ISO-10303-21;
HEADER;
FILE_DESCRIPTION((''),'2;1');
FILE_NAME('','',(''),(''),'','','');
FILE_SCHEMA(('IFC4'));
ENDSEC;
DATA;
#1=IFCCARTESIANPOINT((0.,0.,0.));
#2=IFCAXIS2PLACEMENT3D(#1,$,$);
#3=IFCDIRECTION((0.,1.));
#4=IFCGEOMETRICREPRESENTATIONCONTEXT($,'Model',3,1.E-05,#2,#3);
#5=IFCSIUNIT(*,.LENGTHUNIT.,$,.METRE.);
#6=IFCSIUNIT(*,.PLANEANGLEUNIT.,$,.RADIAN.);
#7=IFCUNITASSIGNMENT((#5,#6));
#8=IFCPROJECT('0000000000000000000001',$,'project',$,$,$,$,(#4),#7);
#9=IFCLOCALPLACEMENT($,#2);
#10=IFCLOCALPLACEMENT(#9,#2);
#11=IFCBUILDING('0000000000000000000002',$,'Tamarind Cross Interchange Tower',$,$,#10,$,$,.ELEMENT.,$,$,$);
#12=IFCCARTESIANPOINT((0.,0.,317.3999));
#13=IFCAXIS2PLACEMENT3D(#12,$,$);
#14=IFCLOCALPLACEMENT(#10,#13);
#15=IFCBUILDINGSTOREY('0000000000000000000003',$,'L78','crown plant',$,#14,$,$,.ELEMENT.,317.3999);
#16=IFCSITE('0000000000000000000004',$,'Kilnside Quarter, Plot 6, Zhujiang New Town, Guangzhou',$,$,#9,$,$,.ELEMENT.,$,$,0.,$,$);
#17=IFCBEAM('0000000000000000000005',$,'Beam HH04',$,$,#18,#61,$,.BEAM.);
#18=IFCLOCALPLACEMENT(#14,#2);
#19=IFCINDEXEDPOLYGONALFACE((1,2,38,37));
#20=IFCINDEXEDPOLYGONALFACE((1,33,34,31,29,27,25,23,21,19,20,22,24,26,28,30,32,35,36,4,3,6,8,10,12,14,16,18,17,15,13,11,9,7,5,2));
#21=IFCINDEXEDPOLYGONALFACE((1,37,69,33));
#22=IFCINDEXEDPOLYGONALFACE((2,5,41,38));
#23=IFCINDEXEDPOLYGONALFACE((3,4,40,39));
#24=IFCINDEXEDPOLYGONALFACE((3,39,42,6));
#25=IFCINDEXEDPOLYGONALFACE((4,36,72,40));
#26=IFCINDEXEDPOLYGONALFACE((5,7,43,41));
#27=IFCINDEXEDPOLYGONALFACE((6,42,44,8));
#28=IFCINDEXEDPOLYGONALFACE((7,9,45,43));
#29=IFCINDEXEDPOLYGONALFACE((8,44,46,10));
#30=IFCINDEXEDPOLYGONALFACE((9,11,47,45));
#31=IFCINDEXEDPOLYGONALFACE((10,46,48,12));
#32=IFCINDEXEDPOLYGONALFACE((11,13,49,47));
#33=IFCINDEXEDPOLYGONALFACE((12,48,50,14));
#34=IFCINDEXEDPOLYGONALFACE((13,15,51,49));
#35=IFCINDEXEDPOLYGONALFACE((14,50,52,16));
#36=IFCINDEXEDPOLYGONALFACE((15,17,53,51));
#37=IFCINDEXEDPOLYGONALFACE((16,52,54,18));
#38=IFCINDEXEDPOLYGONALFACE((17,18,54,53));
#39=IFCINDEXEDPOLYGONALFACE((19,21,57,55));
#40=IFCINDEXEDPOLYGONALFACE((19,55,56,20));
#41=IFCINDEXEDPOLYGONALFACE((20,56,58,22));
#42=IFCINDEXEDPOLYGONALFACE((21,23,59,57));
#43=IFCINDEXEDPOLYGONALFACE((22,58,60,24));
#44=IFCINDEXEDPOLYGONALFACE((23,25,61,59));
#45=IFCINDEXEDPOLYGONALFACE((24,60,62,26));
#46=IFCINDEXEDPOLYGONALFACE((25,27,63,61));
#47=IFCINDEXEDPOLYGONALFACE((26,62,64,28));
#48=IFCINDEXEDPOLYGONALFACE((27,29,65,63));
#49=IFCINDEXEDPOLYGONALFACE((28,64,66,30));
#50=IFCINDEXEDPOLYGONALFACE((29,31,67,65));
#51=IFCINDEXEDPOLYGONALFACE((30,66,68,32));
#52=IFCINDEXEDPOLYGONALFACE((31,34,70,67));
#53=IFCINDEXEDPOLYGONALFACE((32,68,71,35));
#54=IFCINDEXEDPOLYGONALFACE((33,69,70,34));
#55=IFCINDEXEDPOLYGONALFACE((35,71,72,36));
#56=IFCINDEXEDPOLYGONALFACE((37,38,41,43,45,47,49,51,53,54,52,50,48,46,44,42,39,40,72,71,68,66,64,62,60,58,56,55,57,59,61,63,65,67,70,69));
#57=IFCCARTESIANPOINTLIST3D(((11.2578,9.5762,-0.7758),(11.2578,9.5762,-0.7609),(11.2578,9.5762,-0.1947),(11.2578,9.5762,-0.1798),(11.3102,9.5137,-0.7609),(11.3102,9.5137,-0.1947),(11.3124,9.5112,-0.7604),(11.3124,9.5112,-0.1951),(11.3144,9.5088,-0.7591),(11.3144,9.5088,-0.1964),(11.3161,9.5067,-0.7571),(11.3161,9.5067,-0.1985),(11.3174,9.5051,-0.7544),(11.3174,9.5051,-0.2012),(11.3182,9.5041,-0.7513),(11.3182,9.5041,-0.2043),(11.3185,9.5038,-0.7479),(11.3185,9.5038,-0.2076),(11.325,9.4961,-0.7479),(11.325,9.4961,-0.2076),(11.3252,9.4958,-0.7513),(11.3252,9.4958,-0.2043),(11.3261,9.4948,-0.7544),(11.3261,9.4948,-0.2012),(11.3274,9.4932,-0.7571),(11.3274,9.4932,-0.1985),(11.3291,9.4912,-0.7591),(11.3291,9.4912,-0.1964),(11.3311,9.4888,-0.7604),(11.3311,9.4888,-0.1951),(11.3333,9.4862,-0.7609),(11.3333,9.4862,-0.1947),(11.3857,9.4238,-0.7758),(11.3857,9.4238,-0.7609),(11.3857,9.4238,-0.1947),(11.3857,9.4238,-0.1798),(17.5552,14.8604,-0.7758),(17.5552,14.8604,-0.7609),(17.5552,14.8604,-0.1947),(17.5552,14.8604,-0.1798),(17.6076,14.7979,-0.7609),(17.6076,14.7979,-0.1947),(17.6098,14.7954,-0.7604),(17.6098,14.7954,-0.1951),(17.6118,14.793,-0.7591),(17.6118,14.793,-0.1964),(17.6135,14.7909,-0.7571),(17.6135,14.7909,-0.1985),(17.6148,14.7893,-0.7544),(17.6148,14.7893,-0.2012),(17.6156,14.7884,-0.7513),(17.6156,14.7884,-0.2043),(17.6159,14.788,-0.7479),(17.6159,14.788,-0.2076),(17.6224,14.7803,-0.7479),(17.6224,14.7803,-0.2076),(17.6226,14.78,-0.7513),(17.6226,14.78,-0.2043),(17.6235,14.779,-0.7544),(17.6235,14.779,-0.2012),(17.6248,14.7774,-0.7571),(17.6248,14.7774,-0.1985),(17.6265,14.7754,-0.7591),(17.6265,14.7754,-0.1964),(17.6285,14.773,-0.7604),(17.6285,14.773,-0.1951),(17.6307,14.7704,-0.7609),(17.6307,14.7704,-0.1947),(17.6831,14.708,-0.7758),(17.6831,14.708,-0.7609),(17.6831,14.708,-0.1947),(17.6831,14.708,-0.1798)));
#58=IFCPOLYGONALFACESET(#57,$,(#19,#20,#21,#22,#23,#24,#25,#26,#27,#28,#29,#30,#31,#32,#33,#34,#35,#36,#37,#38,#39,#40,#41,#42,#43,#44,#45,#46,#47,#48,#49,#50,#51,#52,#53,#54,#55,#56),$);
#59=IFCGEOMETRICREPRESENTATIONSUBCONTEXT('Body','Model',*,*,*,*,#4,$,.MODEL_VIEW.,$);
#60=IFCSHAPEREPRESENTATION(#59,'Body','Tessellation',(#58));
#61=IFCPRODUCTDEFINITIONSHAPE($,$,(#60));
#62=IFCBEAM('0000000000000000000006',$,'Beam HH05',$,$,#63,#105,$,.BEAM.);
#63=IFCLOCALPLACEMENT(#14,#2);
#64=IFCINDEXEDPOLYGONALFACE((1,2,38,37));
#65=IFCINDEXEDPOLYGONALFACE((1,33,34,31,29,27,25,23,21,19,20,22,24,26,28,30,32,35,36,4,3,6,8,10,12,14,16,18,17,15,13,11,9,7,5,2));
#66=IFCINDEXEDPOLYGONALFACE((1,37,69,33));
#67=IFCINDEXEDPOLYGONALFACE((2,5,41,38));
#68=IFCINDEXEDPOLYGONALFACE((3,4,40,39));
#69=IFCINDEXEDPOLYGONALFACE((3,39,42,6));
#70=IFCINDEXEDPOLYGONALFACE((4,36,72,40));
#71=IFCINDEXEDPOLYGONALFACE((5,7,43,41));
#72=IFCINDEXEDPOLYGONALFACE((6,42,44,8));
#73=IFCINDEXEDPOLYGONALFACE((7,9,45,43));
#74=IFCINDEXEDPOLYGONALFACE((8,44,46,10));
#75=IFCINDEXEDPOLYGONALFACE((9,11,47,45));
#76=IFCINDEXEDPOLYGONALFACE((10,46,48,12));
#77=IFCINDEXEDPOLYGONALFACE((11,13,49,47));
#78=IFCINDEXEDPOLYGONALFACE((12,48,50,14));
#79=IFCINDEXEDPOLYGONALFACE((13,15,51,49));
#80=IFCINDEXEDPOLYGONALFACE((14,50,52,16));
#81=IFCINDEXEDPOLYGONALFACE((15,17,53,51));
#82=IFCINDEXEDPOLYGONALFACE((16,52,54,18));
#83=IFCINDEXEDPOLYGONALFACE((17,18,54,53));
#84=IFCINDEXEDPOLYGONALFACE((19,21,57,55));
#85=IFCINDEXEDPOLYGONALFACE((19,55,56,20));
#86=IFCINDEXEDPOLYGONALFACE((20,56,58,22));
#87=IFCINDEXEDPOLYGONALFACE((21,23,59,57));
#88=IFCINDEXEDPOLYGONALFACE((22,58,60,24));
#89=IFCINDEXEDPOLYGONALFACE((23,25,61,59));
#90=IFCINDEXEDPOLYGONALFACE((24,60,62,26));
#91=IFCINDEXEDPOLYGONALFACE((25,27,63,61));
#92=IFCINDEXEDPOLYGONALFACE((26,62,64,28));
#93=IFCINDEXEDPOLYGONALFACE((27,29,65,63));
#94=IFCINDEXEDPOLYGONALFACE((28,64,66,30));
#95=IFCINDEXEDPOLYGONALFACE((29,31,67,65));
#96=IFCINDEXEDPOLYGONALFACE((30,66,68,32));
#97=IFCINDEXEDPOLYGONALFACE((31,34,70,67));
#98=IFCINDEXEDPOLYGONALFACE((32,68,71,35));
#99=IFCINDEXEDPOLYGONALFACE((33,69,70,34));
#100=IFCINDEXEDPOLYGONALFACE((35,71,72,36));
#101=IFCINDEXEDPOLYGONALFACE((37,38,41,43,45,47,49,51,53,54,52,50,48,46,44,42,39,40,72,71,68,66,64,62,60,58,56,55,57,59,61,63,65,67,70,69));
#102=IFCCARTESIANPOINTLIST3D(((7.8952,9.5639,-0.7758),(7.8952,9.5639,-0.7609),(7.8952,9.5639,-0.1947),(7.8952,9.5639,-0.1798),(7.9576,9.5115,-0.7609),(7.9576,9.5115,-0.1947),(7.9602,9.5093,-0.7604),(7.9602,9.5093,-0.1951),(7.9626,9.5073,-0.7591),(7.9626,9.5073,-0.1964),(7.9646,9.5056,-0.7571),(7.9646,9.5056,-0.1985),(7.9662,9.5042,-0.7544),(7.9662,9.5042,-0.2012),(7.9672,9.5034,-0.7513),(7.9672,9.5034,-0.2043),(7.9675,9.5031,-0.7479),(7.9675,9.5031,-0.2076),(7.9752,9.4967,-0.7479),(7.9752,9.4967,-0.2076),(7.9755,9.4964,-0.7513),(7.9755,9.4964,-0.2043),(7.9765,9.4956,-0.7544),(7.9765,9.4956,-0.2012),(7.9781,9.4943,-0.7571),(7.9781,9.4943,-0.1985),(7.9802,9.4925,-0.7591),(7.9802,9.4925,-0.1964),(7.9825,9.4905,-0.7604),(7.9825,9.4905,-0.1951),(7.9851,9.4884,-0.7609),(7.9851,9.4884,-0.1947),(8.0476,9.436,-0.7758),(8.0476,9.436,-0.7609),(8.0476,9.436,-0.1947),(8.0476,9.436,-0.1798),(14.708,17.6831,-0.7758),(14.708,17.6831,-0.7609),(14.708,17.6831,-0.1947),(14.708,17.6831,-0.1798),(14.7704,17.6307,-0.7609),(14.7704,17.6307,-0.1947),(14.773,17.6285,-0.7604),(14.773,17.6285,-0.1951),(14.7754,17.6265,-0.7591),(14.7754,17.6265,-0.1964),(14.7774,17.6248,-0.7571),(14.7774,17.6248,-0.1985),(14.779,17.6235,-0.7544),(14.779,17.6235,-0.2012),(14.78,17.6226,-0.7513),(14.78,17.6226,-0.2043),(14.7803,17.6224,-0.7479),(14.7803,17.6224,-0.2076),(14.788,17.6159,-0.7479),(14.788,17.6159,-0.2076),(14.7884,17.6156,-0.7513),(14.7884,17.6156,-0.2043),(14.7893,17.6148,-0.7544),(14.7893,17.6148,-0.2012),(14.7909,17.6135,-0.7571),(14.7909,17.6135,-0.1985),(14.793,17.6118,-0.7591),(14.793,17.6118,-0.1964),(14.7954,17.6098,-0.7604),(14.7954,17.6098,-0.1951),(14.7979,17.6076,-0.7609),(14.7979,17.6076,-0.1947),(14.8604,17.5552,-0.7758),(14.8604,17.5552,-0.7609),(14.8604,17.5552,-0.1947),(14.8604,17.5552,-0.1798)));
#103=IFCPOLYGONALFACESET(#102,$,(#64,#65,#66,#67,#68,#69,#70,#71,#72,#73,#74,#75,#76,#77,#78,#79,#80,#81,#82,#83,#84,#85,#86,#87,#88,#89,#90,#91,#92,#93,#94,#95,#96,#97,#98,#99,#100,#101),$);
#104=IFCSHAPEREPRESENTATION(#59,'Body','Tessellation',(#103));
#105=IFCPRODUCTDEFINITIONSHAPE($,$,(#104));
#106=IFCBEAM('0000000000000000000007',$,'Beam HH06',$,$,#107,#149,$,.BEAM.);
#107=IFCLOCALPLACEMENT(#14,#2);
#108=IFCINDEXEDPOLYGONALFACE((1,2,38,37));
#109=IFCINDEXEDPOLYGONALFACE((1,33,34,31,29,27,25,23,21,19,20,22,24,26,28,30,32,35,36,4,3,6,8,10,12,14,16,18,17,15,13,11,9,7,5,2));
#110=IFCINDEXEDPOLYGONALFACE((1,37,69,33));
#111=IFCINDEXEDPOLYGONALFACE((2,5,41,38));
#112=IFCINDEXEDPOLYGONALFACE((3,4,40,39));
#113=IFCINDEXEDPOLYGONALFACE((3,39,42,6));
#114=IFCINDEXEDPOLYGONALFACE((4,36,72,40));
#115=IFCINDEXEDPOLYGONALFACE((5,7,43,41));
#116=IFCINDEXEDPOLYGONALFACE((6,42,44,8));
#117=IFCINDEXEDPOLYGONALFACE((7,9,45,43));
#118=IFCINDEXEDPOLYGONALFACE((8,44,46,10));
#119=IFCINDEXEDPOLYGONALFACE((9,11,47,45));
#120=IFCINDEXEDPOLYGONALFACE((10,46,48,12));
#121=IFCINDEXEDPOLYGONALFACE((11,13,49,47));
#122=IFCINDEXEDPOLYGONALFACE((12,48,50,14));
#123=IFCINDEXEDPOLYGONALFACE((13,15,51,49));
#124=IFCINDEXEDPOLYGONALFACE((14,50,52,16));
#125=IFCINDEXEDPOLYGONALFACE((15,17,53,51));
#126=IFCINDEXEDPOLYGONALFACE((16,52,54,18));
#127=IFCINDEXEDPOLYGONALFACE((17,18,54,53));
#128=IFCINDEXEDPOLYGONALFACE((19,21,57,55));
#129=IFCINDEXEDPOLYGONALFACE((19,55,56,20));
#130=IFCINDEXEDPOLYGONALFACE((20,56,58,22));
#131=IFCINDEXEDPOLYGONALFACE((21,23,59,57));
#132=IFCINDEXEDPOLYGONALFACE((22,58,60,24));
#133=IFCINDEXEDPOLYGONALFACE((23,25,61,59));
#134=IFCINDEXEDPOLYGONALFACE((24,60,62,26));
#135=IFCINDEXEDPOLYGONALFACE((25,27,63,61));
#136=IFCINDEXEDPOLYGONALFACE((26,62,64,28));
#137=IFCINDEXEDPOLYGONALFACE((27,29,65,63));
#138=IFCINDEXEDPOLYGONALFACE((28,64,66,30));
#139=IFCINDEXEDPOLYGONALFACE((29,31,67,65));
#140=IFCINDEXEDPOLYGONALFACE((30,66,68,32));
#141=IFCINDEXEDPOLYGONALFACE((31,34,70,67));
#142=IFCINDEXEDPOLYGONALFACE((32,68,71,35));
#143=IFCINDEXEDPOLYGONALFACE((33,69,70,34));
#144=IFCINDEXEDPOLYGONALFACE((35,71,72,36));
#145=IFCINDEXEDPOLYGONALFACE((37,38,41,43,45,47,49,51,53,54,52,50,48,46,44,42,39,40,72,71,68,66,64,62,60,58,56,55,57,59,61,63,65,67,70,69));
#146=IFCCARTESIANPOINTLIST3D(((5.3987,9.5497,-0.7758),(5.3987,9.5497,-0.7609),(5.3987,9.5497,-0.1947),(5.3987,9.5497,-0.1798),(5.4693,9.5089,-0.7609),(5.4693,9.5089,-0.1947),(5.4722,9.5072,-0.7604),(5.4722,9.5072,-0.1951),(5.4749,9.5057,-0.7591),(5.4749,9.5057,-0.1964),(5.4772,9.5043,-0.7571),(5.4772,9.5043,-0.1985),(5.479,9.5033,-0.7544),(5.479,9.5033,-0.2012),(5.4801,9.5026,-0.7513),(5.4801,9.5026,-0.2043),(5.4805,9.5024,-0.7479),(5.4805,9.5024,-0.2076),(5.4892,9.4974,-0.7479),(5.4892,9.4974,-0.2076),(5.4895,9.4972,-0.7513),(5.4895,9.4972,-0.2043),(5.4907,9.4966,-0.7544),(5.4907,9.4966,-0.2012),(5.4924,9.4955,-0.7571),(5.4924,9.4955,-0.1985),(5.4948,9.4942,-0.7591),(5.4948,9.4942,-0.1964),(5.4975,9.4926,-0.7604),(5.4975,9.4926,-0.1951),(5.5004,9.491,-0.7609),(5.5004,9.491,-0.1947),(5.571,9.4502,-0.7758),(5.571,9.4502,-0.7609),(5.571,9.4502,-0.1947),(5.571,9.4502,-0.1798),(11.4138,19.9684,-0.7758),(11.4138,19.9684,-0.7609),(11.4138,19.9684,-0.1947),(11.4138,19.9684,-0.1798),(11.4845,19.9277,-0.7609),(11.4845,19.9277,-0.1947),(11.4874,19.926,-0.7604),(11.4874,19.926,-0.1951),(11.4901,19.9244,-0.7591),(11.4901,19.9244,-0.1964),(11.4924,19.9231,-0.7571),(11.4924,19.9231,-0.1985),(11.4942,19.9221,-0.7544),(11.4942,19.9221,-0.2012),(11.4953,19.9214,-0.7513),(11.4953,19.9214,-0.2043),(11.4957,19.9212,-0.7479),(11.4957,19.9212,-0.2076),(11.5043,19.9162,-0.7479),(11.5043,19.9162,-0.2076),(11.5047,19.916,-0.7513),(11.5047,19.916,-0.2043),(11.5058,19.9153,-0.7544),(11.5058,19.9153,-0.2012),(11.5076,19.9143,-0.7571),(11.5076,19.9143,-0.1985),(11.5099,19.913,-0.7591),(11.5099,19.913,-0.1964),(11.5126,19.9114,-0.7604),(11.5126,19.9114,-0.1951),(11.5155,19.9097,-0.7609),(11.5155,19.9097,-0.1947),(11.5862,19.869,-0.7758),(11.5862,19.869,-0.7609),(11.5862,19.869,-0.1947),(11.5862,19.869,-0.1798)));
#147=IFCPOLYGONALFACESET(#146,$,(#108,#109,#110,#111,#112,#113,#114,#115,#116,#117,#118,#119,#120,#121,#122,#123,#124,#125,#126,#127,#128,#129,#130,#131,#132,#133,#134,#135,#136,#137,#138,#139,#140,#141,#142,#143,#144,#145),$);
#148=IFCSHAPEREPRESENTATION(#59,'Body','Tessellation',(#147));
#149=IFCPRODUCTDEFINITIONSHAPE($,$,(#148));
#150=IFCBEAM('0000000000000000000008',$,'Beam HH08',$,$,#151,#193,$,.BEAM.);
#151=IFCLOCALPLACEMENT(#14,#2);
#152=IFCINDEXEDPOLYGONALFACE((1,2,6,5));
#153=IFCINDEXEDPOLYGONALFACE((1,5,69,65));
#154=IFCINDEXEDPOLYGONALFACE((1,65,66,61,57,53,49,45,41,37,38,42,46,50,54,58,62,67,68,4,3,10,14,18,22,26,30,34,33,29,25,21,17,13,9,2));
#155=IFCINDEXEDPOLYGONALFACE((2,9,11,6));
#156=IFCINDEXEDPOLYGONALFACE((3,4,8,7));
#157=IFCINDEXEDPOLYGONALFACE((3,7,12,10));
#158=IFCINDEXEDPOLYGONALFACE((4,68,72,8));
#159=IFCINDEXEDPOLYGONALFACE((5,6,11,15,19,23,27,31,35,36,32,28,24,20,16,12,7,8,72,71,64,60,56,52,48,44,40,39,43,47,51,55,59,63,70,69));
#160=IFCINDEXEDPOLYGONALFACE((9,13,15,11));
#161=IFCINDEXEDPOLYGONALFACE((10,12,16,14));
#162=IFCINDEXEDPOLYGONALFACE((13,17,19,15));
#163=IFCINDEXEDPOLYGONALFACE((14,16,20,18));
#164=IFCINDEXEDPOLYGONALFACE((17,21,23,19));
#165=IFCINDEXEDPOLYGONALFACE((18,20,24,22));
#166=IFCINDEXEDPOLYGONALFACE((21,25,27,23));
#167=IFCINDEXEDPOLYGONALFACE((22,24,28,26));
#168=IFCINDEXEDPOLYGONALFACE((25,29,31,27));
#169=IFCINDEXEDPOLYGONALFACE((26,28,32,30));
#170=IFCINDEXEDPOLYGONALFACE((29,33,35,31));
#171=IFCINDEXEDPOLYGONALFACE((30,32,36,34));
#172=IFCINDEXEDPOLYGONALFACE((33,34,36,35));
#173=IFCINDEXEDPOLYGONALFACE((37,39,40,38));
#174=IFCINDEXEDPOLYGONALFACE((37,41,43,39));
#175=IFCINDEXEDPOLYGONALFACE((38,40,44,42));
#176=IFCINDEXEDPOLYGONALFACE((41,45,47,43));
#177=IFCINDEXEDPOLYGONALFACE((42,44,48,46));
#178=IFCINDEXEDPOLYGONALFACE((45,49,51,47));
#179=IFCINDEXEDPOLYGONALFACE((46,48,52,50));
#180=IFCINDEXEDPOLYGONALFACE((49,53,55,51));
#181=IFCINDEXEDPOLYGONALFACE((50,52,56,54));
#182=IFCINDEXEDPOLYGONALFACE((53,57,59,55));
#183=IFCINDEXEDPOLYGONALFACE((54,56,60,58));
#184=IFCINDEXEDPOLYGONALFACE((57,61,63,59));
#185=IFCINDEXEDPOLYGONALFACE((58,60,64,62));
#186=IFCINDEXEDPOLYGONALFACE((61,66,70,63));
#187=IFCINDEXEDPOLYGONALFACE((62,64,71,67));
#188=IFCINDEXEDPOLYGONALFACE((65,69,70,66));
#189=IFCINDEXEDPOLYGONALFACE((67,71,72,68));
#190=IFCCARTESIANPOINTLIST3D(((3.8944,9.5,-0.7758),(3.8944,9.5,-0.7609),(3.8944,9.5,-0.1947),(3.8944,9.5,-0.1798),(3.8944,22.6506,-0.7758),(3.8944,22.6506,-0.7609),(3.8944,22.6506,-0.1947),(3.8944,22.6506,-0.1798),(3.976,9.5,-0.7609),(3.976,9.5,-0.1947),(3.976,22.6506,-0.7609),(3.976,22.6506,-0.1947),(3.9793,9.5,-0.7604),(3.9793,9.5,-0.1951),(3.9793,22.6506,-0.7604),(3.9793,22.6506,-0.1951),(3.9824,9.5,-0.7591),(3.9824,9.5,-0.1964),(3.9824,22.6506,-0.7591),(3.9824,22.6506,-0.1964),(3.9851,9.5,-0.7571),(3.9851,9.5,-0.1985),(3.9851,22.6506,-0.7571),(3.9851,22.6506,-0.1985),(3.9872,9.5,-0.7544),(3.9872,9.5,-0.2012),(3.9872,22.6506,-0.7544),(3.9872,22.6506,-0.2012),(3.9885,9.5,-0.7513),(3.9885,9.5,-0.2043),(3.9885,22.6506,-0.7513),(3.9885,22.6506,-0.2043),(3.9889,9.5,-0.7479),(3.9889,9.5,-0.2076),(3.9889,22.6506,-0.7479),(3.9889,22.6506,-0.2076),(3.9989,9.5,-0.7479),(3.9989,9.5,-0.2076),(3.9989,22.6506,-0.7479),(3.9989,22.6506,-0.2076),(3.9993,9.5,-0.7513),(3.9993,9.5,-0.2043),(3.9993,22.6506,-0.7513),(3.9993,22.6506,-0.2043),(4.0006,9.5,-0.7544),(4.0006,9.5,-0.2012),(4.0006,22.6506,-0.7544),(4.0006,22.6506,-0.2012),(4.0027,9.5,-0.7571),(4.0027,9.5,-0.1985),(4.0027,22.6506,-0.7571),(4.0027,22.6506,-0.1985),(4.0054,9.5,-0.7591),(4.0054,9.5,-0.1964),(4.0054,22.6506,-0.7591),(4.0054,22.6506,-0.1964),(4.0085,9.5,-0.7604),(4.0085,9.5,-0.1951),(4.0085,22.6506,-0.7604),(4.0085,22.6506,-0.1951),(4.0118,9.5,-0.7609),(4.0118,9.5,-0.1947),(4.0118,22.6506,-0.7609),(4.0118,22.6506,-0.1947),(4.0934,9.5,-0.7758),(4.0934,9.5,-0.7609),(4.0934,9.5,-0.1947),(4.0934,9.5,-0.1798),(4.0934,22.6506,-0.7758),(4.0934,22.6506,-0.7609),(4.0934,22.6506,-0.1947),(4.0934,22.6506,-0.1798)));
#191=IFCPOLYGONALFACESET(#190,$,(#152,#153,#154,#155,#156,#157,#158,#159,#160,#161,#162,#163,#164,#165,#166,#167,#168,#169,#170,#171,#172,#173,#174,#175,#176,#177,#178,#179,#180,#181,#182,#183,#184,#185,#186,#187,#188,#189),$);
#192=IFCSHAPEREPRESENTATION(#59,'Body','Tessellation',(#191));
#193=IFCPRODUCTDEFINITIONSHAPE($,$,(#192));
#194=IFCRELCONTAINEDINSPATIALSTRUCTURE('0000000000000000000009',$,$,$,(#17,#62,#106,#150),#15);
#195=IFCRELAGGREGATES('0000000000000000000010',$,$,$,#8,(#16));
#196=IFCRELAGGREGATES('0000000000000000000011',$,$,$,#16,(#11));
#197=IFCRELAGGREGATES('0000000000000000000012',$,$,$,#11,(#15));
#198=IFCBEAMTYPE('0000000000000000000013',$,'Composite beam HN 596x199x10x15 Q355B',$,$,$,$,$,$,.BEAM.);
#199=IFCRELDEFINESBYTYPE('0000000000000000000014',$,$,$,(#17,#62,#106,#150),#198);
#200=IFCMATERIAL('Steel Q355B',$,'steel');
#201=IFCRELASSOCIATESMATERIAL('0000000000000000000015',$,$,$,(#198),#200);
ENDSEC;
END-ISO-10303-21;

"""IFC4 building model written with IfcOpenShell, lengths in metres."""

from ifc_helpers import new_model, si_unit, direction, frame, origin, origin_2d, place, context, subcontext, project, spatial, i_section, extrude, material, material_profile, profile_set, type_object, element, save


model = new_model("IFC4")

# Units and contexts
model_context = context("Model", 3, precision=1e-05, world=origin(), true_north=direction((0.0, 1.0)))
body_context = subcontext(model_context, "Body", "Model", "MODEL_VIEW")
ifc_project = project(units=[si_unit("LENGTHUNIT", "METRE"), si_unit("PLANEANGLEUNIT", "RADIAN")], contexts=[model_context])

# Site, building, storey
site_placement = place(None, origin())
site = spatial("IfcSite", under=ifc_project, at=site_placement, Name="Kilnside Quarter, Plot 6, Zhujiang New Town, Guangzhou", CompositionType="ELEMENT", RefElevation=0.0)
building_placement = place(site_placement, origin())
building = spatial("IfcBuilding", under=site, at=building_placement, Name="Tamarind Cross Interchange Tower", CompositionType="ELEMENT")
storey_placement = place(building_placement, frame((0.0, 0.0, 317.3999)))
storey = spatial("IfcBuildingStorey", under=building, at=storey_placement, Name="L78", Description="crown plant", CompositionType="ELEMENT", Elevation=317.3999)

# Beams
ifc_material_1 = material(Name="Steel Q355B", Category="steel")
ifc_material_profile_1 = material_profile(ifc_material_1, i_section(OverallWidth=0.199, OverallDepth=0.5959, WebThickness=0.01, FlangeThickness=0.0149, FilletRadius=0.0129, at=origin_2d()), Name="HN 596x199x10x15")
ifc_profile_set_1 = profile_set([ifc_material_profile_1], Name="Steel Q355B")
beam_type = type_object("IfcBeamType", Name="Composite beam HN 596x199x10x15 Q355B", PredefinedType="BEAM", material=ifc_profile_set_1)
beam_1_placement = place(storey_placement, frame((17.6191, 14.7842, -0.4778), z_axis=(-0.766041, -0.642792, 0.0), x_axis=(0.642792, -0.766041, 0.0)))
element("IfcBeam", 1, at=beam_1_placement, inside=storey, type_object=beam_type, Name="Beam HH04", PredefinedType="BEAM", context=body_context, shape_type="SweptSolid", body=[
    extrude(i_section(OverallWidth=0.199, OverallDepth=0.5959, WebThickness=0.01, FlangeThickness=0.0149, FilletRadius=0.0129, at=origin_2d()), origin(), (0.0, 0.0, 1.0), 8.2207),
])
beam_2_placement = place(storey_placement, frame((14.7842, 17.6191, -0.4778), z_axis=(-0.642786, -0.766046, 0.0), x_axis=(0.766046, -0.642786, 0.0)))
element("IfcBeam", 2, at=beam_2_placement, inside=storey, type_object=beam_type, Name="Beam HH05", PredefinedType="BEAM", context=body_context, shape_type="SweptSolid", body=[
    extrude(i_section(OverallWidth=0.199, OverallDepth=0.5959, WebThickness=0.01, FlangeThickness=0.0149, FilletRadius=0.0129, at=origin_2d()), origin(), (0.0, 0.0, 1.0), 10.5989),
])
beam_3_placement = place(storey_placement, frame((11.5, 19.9187, -0.4778), z_axis=(-0.499994, -0.866029, 0.0), x_axis=(0.866029, -0.499994, 0.0)))
element("IfcBeam", 3, at=beam_3_placement, inside=storey, type_object=beam_type, Name="Beam HH06", PredefinedType="BEAM", context=body_context, shape_type="SweptSolid", body=[
    extrude(i_section(OverallWidth=0.199, OverallDepth=0.5959, WebThickness=0.01, FlangeThickness=0.0149, FilletRadius=0.0129, at=origin_2d()), origin(), (0.0, 0.0, 1.0), 12.0305),
])
beam_4_placement = place(storey_placement, frame((3.9939, 22.6506, -0.4778), z_axis=(0.0, -1.0, 0.0), x_axis=(1.0, 0.0, 0.0)))
element("IfcBeam", 4, at=beam_4_placement, inside=storey, type_object=beam_type, Name="Beam HH08", PredefinedType="BEAM", context=body_context, shape_type="SweptSolid", body=[
    extrude(i_section(OverallWidth=0.199, OverallDepth=0.5959, WebThickness=0.01, FlangeThickness=0.0149, FilletRadius=0.0129, at=origin_2d()), origin(), (0.0, 0.0, 1.0), 13.1506),
])

save(model, "model.ifc")
